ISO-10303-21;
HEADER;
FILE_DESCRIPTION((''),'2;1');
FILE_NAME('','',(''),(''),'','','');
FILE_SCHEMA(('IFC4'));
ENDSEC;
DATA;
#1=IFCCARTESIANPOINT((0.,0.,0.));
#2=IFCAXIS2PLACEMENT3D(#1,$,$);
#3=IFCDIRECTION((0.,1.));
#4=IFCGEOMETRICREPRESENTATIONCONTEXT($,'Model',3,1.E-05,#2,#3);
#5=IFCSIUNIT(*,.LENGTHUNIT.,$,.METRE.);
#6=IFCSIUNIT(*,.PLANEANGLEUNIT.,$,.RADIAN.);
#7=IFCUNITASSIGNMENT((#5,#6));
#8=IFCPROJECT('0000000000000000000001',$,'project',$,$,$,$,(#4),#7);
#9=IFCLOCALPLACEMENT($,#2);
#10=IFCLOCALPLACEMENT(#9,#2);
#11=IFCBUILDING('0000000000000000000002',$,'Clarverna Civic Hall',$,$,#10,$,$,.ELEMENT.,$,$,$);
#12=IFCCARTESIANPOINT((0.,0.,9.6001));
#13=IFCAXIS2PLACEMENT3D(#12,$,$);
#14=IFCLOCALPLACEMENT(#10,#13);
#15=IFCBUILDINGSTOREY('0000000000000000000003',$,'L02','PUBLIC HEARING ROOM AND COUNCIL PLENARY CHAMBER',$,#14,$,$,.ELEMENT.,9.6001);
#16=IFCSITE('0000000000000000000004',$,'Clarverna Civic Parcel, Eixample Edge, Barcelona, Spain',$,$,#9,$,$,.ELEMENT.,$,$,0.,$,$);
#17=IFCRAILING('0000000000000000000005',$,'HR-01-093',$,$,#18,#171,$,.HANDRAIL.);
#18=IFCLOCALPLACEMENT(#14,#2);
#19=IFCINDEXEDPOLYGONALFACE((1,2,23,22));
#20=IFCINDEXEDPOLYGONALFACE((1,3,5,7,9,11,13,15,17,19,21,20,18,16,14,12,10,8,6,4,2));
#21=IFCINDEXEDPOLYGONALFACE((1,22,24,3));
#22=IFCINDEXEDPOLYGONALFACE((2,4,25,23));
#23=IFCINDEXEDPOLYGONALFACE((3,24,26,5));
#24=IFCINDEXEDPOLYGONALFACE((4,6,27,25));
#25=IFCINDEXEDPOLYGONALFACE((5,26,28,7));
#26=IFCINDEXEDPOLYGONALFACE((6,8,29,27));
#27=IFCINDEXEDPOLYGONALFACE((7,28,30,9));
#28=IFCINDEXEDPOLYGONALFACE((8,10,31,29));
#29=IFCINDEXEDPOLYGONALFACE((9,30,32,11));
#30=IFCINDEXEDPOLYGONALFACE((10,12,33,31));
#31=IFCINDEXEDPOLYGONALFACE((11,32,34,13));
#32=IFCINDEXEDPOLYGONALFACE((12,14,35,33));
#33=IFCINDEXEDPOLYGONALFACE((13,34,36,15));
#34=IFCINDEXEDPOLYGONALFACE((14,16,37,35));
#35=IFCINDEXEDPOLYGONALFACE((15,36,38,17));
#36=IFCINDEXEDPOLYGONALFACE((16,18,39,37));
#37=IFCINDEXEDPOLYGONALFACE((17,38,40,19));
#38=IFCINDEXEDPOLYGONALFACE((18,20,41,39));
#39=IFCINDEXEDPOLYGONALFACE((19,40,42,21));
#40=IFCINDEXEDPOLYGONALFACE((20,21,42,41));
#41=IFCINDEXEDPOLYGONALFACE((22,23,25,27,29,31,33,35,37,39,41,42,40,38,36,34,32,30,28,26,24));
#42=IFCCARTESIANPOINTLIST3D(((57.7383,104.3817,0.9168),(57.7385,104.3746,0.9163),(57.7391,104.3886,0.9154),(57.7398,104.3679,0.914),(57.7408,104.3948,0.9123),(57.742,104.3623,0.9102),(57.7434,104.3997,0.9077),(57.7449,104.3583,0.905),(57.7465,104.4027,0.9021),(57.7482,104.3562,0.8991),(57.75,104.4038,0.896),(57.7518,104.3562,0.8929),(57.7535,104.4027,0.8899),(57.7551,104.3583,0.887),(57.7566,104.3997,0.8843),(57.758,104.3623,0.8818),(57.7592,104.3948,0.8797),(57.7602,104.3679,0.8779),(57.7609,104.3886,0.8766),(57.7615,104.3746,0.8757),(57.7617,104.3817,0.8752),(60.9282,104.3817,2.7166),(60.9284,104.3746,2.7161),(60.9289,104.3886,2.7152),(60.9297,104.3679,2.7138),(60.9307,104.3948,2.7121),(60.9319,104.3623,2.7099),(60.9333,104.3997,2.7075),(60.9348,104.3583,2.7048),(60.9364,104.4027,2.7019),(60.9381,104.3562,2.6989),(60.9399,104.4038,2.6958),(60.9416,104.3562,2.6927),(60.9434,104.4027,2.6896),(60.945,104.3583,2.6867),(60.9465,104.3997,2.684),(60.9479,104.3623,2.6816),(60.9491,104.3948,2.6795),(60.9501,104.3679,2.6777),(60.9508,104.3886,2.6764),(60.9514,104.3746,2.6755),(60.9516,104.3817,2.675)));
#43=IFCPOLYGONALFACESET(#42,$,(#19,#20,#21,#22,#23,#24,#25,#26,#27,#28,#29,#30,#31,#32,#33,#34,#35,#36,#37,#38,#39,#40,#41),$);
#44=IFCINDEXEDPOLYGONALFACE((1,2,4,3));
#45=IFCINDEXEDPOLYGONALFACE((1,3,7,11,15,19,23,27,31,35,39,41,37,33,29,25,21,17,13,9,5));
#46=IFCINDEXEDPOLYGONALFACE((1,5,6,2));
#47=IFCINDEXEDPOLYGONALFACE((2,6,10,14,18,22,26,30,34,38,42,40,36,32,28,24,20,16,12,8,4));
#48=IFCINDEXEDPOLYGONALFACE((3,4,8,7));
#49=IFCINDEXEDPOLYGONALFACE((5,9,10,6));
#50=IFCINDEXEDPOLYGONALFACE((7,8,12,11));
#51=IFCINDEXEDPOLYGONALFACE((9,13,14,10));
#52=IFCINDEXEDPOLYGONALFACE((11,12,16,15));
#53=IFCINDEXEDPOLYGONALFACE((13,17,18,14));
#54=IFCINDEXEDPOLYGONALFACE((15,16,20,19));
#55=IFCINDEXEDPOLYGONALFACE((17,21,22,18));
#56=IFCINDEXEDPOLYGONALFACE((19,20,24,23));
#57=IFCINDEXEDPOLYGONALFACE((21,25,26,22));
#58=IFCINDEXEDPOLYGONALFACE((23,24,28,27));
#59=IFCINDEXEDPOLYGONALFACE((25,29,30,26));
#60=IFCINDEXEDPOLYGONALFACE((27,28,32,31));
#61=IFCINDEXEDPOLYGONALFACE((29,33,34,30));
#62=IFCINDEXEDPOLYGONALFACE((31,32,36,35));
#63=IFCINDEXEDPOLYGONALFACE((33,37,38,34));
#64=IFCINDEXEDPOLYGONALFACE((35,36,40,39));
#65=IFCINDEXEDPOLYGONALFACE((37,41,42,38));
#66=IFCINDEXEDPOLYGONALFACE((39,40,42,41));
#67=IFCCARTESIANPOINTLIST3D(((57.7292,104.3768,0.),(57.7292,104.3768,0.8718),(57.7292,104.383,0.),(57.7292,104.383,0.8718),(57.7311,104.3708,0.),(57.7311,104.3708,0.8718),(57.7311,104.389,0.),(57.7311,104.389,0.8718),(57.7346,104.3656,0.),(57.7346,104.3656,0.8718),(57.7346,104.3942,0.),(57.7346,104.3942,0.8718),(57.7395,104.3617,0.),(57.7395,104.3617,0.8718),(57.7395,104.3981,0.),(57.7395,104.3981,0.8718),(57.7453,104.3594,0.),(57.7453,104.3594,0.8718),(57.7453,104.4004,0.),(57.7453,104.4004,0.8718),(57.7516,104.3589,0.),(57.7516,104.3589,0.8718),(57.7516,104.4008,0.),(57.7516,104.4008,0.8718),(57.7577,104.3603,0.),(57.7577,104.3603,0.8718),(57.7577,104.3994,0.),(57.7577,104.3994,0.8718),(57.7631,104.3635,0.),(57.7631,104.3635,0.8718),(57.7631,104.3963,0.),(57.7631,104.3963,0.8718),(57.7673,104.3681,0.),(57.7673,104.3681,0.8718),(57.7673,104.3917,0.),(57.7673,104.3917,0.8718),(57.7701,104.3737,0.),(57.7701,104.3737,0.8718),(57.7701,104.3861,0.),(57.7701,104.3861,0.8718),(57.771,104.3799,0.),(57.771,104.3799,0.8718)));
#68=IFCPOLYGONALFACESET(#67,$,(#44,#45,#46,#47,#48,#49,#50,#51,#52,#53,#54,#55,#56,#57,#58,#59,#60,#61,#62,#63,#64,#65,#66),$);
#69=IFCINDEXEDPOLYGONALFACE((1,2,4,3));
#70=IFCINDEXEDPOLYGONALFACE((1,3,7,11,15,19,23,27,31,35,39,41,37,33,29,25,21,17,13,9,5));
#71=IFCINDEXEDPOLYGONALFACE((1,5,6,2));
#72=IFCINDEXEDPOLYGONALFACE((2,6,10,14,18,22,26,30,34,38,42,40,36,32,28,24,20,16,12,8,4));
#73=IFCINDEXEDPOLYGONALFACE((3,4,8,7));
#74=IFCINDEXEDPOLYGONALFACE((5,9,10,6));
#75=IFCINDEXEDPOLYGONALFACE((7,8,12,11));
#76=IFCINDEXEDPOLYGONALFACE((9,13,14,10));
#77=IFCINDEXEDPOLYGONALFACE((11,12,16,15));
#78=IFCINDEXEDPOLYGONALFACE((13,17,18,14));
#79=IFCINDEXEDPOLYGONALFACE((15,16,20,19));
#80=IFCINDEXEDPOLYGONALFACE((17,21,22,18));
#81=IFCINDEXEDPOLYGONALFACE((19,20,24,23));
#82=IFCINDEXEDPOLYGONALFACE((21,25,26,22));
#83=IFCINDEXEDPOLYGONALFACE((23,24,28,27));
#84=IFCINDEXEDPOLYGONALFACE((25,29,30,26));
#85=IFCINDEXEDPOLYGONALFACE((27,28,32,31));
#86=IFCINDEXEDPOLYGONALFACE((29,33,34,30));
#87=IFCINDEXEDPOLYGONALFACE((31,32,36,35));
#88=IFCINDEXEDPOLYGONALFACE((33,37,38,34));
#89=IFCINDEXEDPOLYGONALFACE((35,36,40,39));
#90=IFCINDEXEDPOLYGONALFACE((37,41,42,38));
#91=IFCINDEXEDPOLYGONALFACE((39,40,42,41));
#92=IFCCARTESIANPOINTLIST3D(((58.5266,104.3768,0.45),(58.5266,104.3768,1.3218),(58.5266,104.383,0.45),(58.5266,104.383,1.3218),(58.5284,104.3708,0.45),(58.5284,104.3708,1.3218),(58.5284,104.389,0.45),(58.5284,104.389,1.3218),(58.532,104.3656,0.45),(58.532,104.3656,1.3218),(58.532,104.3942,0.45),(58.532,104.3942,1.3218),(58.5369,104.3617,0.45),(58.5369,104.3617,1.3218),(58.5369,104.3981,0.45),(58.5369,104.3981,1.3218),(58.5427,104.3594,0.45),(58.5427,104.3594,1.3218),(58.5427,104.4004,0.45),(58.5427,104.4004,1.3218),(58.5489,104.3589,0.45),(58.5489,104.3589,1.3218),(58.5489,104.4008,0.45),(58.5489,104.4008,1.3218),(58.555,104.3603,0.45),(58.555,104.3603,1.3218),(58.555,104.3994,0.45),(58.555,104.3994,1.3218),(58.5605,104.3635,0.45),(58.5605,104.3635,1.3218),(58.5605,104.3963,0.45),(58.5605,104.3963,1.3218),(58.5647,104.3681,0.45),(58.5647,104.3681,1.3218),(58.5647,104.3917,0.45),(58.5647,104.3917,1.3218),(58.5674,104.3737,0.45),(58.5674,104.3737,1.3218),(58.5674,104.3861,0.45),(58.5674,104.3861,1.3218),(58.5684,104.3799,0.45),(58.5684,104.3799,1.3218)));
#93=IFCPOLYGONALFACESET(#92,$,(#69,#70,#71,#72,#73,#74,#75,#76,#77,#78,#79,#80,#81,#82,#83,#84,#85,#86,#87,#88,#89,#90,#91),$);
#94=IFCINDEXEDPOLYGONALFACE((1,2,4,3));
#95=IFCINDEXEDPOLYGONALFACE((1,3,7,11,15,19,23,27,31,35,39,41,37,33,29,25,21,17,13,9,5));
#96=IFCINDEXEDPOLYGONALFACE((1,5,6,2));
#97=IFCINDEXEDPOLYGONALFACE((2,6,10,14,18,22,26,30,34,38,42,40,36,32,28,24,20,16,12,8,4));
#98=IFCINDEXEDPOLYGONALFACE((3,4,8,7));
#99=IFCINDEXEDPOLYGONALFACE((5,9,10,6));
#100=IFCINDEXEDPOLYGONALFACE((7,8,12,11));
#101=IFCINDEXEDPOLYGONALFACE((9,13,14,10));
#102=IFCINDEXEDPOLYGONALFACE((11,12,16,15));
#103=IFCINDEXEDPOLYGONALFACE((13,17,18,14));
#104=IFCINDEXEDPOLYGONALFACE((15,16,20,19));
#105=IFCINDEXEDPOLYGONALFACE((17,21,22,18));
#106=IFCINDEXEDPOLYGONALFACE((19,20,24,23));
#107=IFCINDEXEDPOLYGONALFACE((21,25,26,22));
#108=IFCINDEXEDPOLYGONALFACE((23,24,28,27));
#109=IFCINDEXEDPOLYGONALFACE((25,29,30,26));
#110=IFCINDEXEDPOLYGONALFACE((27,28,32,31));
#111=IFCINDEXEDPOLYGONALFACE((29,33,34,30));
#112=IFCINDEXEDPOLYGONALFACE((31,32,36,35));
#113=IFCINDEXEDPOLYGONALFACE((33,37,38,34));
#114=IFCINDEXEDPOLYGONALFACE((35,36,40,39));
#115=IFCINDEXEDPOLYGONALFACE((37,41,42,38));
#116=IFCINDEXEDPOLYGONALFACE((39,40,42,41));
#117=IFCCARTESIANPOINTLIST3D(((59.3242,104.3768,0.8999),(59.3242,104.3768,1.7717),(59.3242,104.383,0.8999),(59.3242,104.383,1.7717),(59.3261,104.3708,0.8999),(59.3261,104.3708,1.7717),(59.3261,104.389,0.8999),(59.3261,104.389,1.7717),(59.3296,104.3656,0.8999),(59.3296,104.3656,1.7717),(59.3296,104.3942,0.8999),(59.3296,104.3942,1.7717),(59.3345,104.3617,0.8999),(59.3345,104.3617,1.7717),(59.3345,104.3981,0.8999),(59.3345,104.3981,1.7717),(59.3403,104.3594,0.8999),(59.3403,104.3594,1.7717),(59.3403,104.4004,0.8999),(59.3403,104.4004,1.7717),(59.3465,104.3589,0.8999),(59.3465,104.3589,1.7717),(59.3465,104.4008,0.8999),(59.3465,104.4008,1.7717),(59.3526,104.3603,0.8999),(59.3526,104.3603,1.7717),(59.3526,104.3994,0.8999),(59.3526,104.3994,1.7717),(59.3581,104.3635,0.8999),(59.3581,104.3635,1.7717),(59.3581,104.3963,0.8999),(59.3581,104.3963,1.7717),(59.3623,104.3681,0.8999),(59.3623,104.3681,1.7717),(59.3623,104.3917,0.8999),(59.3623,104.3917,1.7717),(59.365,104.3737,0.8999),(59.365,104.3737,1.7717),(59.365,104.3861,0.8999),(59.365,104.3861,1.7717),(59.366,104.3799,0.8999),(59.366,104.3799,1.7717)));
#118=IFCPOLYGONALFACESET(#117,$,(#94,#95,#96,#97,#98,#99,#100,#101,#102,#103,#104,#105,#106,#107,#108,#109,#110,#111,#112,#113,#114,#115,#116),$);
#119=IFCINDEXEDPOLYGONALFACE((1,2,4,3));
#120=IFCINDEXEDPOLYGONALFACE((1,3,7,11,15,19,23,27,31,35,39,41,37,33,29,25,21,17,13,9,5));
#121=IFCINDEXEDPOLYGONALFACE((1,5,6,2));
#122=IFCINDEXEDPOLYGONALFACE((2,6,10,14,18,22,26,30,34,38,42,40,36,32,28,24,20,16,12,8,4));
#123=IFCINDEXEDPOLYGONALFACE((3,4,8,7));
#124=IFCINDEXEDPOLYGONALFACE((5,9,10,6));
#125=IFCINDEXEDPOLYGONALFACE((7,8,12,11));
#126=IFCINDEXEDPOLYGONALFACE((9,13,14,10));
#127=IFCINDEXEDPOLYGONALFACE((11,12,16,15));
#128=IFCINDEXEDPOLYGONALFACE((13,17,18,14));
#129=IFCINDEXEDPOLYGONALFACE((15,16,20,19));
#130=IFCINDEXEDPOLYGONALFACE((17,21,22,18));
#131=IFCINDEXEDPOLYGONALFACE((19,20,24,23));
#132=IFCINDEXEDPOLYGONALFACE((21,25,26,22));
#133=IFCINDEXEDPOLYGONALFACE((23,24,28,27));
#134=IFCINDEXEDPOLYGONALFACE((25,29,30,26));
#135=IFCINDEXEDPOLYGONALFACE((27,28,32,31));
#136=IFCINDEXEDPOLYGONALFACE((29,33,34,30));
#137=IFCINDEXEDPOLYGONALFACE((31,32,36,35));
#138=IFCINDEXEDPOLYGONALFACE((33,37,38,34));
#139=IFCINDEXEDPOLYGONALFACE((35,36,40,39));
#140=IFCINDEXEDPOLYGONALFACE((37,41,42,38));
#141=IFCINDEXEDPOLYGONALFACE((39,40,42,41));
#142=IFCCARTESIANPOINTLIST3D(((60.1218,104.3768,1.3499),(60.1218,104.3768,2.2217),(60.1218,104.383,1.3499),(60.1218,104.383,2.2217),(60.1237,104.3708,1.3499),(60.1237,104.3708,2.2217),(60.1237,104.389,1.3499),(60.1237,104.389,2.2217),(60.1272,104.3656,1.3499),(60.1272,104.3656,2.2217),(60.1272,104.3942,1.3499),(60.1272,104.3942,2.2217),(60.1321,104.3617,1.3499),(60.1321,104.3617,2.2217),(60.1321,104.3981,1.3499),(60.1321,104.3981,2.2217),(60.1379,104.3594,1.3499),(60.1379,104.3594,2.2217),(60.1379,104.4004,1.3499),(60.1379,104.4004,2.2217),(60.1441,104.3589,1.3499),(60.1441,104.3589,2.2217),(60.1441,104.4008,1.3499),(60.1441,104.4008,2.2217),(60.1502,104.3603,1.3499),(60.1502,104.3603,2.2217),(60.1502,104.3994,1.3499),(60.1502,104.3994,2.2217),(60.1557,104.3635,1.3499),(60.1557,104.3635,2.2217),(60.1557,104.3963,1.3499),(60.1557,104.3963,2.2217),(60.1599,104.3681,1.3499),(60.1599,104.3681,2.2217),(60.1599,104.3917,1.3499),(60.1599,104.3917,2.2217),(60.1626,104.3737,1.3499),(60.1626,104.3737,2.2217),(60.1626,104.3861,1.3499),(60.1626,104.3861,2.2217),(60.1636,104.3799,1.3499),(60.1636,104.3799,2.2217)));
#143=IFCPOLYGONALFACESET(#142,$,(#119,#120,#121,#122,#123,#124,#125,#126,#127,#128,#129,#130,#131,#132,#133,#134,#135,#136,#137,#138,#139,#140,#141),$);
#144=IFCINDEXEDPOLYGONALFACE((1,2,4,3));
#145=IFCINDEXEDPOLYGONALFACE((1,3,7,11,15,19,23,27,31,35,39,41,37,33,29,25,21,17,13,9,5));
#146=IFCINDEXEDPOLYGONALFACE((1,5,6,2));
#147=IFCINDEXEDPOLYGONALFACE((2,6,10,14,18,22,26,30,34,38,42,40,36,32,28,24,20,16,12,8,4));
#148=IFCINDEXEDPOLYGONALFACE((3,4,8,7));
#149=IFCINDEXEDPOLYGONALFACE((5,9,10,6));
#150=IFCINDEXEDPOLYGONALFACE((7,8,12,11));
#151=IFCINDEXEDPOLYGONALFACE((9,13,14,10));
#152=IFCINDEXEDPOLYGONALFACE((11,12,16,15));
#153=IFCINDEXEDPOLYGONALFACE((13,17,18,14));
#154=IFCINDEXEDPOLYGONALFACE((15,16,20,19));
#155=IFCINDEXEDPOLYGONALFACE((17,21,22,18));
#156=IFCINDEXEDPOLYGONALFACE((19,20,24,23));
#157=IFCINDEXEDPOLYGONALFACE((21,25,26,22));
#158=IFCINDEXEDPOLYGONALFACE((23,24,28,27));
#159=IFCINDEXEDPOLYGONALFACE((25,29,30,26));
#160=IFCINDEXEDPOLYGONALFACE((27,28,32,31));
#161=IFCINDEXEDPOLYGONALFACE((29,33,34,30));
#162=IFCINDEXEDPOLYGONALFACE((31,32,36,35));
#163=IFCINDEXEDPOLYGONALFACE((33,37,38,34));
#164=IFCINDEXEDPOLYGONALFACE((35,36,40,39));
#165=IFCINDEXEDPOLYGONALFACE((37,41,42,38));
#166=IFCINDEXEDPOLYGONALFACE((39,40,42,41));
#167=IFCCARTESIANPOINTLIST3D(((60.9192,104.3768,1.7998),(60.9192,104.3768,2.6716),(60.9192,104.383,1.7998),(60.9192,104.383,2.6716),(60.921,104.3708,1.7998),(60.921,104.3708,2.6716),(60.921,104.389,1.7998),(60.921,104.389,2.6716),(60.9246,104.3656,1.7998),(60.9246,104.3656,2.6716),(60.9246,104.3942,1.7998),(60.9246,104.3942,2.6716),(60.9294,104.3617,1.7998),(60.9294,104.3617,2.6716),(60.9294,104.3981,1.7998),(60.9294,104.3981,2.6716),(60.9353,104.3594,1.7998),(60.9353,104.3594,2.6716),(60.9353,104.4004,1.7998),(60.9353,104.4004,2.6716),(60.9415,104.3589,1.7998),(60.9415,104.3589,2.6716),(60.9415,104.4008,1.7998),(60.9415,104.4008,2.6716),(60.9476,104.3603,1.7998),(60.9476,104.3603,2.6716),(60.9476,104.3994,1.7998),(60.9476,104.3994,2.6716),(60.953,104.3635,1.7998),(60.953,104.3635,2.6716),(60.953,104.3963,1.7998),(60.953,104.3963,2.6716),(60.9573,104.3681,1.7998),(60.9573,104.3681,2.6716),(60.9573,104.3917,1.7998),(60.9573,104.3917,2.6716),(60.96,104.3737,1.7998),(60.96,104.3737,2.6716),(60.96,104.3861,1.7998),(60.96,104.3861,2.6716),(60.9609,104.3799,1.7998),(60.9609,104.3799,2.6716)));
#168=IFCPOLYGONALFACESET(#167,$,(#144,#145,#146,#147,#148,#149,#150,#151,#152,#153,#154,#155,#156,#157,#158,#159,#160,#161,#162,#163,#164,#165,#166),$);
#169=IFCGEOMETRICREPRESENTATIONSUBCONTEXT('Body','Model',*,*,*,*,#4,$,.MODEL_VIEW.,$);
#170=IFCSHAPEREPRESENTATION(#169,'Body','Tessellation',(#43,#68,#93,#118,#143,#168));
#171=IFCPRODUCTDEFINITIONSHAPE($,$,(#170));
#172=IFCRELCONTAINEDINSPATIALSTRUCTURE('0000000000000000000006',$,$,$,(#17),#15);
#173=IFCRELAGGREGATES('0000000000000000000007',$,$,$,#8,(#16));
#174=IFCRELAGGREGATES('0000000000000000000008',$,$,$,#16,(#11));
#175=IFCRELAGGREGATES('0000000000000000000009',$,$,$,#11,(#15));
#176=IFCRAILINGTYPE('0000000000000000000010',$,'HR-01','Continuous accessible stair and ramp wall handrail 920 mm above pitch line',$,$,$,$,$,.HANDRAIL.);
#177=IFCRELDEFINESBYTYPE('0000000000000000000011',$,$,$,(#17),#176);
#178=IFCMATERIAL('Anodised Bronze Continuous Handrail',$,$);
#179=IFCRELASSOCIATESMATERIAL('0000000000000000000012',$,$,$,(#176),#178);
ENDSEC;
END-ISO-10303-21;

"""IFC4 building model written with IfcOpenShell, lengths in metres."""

from ifc_helpers import new_model, si_unit, direction, frame, origin, origin_2d, place, context, subcontext, project, spatial, circle, extrude, material, type_object, element, save


model = new_model("IFC4")

# Units and contexts
model_context = context("Model", 3, precision=1e-05, world=origin(), true_north=direction((0.0, 1.0)))
body_context = subcontext(model_context, "Body", "Model", "MODEL_VIEW")
ifc_project = project(units=[si_unit("LENGTHUNIT", "METRE"), si_unit("PLANEANGLEUNIT", "RADIAN")], contexts=[model_context])

# Site, building, storey
site_placement = place(None, origin())
site = spatial("IfcSite", under=ifc_project, at=site_placement, Name="Clarverna Civic Parcel, Eixample Edge, Barcelona, Spain", CompositionType="ELEMENT", RefElevation=0.0)
building_placement = place(site_placement, origin())
building = spatial("IfcBuilding", under=site, at=building_placement, Name="Clarverna Civic Hall", CompositionType="ELEMENT")
storey_placement = place(building_placement, frame((0.0, 0.0, 9.6001)))
storey = spatial("IfcBuildingStorey", under=building, at=storey_placement, Name="L02", Description="PUBLIC HEARING ROOM AND COUNCIL PLENARY CHAMBER", CompositionType="ELEMENT", Elevation=9.6001)

# Railing
ifc_material_1 = material(Name="Anodised Bronze Continuous Handrail")
railing_type_1 = type_object("IfcRailingType", Name="HR-01", Description="Continuous accessible stair and ramp wall handrail 920 mm above pitch line", PredefinedType="HANDRAIL", material=ifc_material_1)
railing_1_placement = place(storey_placement, frame((57.75, 104.3799, 0.0)))
element("IfcRailing", 1, at=railing_1_placement, inside=storey, type_object=railing_type_1, Name="HR-01-093", PredefinedType="HANDRAIL", context=body_context, shape_type="SweptSolid", body=[
    extrude(circle(Radius=0.0239, at=origin_2d()), frame((0.0, 0.0, 0.896), z_axis=(0.870938, 0.0, 0.491394), x_axis=(0.0, 1.0, 0.0)), (0.0, 0.0, 1.0), 3.6626),
    extrude(circle(Radius=0.021, at=origin_2d()), origin(), (0.0, 0.0, 1.0), 0.8718),
    extrude(circle(Radius=0.021, at=origin_2d()), frame((0.7974, 0.0, 0.45)), (0.0, 0.0, 1.0), 0.8718),
    extrude(circle(Radius=0.021, at=origin_2d()), frame((1.595, 0.0, 0.8999)), (0.0, 0.0, 1.0), 0.8718),
    extrude(circle(Radius=0.021, at=origin_2d()), frame((2.3926, 0.0, 1.3499)), (0.0, 0.0, 1.0), 0.8718),
    extrude(circle(Radius=0.021, at=origin_2d()), frame((3.1899, 0.0, 1.7998)), (0.0, 0.0, 1.0), 0.8718),
])

save(model, "model.ifc")
